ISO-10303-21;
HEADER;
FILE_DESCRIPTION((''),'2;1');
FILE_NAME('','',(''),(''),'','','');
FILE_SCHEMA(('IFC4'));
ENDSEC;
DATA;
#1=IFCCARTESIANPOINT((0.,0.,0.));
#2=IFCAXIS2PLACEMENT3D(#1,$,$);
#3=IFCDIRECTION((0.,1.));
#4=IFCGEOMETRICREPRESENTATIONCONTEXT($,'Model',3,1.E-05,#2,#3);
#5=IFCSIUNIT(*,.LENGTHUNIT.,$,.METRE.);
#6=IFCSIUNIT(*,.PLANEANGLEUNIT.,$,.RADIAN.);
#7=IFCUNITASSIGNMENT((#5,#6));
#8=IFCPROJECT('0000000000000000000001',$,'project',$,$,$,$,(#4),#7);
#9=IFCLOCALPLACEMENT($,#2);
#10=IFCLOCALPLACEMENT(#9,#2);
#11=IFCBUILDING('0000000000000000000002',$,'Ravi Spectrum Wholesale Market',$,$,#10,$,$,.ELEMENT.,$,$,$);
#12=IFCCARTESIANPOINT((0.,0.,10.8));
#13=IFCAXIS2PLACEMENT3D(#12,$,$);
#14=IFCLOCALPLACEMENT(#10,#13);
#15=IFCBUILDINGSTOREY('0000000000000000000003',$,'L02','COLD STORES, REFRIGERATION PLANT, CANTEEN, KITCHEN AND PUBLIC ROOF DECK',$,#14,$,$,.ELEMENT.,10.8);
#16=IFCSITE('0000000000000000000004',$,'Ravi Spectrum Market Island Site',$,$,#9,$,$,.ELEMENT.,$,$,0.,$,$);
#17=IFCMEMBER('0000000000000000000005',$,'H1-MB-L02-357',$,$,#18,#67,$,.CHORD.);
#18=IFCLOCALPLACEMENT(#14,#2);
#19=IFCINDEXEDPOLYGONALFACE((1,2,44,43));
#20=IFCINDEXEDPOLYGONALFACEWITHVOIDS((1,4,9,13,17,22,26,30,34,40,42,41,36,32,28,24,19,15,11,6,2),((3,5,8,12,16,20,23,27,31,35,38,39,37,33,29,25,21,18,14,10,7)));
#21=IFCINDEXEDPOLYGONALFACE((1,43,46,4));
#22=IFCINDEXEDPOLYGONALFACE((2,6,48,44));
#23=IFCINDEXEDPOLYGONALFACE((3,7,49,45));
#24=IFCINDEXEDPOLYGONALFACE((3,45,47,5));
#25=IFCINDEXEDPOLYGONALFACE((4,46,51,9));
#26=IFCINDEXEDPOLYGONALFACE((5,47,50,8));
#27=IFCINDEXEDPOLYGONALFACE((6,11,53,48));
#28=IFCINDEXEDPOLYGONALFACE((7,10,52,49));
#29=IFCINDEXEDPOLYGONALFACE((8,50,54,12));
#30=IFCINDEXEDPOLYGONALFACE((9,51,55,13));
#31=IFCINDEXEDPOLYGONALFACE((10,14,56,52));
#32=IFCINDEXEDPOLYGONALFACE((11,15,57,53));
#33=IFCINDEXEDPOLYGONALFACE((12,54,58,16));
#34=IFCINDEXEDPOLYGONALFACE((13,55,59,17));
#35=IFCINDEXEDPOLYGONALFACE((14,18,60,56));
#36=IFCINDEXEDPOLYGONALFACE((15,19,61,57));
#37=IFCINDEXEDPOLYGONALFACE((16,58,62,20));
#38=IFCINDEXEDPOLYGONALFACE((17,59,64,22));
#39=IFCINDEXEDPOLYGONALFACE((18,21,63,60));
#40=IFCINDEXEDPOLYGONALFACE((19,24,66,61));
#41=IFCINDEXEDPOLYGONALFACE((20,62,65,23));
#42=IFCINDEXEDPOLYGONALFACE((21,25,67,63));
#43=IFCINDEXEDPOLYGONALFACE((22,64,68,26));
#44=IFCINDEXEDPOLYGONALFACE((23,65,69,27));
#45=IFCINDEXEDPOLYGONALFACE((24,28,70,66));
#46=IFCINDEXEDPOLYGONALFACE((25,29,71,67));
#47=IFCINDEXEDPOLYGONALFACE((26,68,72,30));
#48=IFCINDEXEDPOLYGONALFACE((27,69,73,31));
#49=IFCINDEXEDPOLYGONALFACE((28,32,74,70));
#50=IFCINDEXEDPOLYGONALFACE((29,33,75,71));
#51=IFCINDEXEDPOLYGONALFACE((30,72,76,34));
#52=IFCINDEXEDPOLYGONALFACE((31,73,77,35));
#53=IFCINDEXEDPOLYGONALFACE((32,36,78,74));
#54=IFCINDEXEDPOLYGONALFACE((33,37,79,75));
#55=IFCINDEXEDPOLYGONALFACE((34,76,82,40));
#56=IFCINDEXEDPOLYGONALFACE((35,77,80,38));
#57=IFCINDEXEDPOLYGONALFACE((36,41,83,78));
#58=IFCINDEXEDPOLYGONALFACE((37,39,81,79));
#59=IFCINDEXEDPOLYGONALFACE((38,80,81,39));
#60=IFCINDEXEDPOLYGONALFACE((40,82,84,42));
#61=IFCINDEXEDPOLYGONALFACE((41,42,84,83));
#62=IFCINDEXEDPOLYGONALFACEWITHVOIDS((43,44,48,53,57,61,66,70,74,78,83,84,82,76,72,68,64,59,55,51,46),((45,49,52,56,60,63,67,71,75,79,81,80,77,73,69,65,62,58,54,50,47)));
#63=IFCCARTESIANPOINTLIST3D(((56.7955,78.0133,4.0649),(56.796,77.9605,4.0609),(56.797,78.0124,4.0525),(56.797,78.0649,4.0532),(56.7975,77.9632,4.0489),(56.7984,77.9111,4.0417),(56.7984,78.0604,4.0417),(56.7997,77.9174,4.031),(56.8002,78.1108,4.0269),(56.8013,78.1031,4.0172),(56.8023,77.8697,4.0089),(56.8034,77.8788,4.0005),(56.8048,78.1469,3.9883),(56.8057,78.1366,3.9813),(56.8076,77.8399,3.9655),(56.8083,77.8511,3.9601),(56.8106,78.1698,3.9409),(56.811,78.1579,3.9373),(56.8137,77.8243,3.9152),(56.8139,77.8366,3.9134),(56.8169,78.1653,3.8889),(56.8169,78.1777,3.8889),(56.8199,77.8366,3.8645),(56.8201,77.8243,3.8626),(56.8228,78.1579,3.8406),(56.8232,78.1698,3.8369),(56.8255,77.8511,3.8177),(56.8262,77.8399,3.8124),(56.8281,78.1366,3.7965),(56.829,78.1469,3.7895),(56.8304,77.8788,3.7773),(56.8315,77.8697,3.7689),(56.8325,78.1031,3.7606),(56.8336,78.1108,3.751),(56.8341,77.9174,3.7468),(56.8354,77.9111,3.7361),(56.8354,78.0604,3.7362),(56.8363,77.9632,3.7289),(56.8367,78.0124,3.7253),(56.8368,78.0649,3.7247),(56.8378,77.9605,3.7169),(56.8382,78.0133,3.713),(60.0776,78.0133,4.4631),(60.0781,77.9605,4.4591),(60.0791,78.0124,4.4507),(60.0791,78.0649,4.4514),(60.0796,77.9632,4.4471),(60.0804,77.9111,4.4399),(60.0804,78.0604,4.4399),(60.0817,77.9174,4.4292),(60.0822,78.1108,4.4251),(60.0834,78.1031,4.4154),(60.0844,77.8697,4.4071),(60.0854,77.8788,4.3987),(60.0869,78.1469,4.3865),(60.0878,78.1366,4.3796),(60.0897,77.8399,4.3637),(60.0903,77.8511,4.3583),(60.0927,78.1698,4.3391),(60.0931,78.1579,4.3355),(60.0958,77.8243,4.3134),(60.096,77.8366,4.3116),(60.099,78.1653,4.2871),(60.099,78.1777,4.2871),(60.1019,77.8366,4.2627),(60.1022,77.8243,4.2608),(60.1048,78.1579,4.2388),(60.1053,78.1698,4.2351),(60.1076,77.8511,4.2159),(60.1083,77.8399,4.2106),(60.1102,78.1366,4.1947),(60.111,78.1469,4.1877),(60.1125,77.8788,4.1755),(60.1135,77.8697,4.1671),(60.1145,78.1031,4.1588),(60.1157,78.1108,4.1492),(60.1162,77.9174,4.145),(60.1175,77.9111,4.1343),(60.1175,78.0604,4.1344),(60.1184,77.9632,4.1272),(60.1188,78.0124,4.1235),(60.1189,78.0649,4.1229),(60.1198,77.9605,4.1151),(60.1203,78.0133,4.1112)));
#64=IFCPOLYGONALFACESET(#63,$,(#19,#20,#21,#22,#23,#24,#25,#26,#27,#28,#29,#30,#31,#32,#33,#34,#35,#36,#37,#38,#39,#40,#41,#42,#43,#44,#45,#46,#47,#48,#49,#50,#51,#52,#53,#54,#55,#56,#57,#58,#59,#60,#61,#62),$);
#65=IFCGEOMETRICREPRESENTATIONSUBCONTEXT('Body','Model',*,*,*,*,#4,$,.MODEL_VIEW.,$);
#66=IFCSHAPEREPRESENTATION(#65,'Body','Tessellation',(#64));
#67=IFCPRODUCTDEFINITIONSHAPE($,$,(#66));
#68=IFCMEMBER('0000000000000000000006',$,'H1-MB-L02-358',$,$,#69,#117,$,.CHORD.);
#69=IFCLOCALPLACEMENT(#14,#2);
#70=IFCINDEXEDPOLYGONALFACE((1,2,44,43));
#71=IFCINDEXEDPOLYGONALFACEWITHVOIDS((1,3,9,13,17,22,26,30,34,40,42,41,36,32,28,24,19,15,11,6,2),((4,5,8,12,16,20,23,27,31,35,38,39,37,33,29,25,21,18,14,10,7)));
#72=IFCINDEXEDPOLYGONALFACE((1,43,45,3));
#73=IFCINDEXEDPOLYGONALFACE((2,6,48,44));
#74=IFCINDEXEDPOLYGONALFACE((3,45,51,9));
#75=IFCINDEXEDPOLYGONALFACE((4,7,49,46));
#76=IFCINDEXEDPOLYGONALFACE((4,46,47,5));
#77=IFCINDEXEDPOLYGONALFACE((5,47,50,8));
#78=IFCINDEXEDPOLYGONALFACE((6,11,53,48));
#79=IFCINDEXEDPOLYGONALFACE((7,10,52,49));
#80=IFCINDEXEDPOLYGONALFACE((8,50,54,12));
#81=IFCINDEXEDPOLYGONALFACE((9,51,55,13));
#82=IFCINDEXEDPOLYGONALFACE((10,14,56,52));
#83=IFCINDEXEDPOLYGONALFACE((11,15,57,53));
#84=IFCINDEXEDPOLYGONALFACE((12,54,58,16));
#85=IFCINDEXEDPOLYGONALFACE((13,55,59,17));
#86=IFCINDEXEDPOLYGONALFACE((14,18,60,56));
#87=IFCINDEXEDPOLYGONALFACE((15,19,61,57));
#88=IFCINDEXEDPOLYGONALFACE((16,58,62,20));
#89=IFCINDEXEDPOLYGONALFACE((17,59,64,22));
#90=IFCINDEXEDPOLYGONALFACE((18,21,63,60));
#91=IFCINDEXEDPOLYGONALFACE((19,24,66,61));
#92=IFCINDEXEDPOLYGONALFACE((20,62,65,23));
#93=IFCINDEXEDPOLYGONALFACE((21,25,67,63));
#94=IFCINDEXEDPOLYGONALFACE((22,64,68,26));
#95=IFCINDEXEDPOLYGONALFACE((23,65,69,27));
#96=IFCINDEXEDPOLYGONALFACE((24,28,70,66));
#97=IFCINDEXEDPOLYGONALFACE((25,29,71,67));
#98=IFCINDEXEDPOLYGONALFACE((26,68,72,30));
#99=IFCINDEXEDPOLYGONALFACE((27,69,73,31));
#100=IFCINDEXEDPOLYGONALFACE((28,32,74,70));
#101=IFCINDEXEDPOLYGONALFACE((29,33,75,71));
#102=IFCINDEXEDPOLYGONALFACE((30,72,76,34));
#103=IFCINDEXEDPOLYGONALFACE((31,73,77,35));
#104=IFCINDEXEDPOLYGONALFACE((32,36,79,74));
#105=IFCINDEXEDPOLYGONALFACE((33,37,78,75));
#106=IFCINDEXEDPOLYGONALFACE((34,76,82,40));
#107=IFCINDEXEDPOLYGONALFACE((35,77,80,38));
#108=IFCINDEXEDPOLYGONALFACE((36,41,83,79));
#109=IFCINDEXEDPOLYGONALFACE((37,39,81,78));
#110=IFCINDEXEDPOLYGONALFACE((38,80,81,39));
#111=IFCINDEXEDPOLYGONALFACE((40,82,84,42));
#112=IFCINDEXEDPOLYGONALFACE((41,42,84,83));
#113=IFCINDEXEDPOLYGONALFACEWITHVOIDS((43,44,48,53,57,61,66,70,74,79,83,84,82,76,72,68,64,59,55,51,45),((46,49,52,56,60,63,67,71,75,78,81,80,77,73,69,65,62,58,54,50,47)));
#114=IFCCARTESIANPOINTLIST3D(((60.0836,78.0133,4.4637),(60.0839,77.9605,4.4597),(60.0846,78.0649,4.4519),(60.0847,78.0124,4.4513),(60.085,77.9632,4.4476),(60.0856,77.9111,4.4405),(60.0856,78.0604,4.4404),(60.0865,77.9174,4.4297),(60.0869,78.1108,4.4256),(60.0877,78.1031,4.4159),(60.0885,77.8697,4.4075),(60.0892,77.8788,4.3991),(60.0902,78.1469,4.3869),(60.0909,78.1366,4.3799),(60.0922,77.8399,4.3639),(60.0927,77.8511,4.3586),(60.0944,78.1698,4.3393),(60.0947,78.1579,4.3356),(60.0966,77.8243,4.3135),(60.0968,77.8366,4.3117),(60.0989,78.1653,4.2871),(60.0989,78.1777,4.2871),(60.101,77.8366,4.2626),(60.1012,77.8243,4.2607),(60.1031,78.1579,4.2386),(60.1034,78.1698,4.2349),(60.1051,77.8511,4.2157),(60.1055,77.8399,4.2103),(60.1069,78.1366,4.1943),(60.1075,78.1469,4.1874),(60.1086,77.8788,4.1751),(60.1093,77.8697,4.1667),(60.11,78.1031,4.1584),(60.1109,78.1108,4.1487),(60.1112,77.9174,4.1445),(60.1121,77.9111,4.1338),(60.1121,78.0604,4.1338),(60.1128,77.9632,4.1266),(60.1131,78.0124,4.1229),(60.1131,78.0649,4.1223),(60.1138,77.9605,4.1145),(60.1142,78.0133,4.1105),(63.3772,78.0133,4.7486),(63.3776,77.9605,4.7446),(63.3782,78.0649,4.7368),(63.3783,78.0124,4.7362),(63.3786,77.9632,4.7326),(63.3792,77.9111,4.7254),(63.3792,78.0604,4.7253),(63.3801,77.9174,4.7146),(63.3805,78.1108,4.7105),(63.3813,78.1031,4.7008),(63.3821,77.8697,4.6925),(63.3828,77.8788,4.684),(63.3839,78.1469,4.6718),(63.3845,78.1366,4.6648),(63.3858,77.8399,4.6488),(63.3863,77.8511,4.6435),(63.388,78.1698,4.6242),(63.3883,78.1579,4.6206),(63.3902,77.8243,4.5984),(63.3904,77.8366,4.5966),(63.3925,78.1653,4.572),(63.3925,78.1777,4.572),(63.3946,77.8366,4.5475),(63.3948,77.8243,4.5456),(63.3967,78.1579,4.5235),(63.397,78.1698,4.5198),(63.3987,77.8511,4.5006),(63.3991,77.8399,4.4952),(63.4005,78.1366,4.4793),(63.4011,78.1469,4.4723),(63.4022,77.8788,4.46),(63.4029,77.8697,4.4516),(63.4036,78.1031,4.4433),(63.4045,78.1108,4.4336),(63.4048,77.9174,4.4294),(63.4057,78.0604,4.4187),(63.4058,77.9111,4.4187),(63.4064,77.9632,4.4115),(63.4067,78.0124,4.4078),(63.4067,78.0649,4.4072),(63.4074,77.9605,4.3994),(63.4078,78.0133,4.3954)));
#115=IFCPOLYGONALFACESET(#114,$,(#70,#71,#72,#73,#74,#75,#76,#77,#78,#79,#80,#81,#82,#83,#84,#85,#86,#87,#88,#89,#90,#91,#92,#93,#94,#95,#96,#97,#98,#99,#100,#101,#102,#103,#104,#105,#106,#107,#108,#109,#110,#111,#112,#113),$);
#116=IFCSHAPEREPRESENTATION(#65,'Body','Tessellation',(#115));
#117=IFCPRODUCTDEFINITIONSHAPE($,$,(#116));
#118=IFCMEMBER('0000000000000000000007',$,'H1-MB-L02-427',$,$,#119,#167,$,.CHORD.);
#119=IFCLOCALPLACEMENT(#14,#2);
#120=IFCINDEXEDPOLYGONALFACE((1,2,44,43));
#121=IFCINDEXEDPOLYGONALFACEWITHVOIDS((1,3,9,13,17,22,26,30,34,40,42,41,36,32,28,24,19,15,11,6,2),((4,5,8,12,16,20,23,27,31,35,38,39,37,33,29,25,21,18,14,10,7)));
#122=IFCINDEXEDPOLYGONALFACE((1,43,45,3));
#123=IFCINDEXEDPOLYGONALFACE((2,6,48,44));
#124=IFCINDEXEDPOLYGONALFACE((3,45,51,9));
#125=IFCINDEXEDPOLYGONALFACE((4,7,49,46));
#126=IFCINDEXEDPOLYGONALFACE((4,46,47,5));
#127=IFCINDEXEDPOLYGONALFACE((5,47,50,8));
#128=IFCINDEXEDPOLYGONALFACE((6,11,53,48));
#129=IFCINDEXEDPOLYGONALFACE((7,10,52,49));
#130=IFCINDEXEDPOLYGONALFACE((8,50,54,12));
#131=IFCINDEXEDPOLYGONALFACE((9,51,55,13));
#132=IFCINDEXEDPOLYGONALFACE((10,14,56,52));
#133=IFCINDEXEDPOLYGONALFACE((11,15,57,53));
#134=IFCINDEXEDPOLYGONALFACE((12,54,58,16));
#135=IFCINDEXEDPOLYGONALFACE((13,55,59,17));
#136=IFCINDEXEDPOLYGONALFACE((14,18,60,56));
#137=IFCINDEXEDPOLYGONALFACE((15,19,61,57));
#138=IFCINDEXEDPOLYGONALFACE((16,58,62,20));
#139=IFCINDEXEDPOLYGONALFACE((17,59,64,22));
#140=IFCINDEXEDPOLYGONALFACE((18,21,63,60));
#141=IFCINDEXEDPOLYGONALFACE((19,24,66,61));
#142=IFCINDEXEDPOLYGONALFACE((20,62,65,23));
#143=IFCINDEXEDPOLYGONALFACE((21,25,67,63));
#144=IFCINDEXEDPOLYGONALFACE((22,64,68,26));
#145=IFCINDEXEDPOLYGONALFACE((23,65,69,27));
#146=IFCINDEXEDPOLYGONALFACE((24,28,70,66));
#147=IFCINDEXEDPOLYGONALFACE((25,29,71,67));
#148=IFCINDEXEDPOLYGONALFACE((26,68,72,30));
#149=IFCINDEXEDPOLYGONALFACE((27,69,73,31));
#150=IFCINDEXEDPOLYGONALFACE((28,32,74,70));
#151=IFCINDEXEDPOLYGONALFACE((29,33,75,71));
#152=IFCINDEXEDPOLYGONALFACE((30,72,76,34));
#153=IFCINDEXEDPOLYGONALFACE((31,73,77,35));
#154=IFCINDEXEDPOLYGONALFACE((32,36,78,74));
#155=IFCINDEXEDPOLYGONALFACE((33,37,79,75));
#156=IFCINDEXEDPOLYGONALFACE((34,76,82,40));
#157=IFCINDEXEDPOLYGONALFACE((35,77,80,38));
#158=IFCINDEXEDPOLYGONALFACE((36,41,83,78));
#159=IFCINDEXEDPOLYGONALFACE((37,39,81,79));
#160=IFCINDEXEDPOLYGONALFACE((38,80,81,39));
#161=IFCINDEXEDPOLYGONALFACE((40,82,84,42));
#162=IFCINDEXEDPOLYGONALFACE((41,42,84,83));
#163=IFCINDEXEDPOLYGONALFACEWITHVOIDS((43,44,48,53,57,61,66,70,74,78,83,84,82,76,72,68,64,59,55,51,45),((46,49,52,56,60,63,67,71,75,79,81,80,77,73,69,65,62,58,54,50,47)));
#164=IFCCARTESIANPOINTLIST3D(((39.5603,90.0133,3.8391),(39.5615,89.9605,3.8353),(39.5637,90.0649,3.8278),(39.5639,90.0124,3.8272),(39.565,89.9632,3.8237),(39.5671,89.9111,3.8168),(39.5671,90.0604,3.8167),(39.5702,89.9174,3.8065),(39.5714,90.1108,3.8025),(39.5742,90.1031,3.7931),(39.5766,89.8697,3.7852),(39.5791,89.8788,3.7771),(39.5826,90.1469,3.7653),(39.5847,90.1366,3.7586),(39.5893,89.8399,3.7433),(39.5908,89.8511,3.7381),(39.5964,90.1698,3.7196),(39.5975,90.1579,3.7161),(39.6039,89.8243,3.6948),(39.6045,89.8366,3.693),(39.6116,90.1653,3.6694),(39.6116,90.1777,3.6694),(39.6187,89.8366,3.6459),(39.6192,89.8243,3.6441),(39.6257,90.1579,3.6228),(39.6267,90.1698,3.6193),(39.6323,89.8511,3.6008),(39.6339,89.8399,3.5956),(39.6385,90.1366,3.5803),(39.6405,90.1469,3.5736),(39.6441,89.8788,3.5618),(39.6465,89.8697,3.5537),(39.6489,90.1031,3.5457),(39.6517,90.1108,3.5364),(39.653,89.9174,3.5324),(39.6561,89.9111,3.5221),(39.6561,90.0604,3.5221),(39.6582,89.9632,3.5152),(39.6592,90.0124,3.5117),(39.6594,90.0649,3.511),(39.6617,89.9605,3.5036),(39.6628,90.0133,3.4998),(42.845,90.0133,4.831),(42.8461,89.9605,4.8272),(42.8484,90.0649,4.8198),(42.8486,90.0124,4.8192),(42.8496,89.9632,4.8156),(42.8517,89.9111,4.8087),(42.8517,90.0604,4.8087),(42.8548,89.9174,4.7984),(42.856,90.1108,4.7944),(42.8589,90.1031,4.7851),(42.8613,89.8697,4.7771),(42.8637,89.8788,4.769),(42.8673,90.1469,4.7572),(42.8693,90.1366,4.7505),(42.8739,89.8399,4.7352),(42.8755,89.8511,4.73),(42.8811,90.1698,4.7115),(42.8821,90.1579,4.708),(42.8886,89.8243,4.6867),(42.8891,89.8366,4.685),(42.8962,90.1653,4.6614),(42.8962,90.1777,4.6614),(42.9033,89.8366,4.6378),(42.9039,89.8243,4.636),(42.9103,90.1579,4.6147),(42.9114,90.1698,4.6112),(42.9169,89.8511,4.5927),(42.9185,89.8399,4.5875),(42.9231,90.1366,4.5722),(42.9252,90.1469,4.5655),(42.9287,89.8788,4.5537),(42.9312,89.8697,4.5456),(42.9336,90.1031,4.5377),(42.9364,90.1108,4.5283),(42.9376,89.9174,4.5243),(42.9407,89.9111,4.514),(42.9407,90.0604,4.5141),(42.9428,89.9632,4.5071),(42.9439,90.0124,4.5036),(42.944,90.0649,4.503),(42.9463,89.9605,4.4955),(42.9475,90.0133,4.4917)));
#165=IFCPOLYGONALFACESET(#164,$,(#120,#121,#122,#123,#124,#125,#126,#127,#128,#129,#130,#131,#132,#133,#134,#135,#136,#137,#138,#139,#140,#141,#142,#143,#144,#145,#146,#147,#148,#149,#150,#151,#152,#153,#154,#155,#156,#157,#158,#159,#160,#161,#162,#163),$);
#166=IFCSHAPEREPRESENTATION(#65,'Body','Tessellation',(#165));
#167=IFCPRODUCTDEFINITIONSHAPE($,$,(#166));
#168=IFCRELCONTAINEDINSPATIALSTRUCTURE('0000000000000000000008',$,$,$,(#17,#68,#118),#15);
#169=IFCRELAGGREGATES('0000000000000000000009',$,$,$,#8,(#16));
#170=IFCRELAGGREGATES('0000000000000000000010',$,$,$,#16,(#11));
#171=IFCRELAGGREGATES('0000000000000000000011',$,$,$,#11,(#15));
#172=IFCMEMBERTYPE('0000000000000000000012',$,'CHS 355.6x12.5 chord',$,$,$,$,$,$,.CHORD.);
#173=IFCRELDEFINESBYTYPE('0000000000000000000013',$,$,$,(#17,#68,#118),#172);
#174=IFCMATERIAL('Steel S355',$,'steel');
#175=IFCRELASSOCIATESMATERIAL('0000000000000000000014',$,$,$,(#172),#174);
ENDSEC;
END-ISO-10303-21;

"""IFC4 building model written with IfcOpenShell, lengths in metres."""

from ifc_helpers import new_model, si_unit, direction, frame, origin, origin_2d, place, context, subcontext, project, spatial, hollow_circle, extrude, material, material_profile, profile_set, type_object, element, save


model = new_model("IFC4")

# Units and contexts
model_context = context("Model", 3, precision=1e-05, world=origin(), true_north=direction((0.0, 1.0)))
body_context = subcontext(model_context, "Body", "Model", "MODEL_VIEW")
ifc_project = project(units=[si_unit("LENGTHUNIT", "METRE"), si_unit("PLANEANGLEUNIT", "RADIAN")], contexts=[model_context])

# Site, building, storey
site_placement = place(None, origin())
site = spatial("IfcSite", under=ifc_project, at=site_placement, Name="Ravi Spectrum Market Island Site", CompositionType="ELEMENT", RefElevation=0.0)
building_placement = place(site_placement, origin())
building = spatial("IfcBuilding", under=site, at=building_placement, Name="Ravi Spectrum Wholesale Market", CompositionType="ELEMENT")
storey_placement = place(building_placement, frame((0.0, 0.0, 10.8)))
storey = spatial("IfcBuildingStorey", under=building, at=storey_placement, Name="L02", Description="COLD STORES, REFRIGERATION PLANT, CANTEEN, KITCHEN AND PUBLIC ROOF DECK", CompositionType="ELEMENT", Elevation=10.8)

# Members
ifc_material_1 = material(Name="Steel S355", Category="steel")
ifc_material_profile_1 = material_profile(ifc_material_1, hollow_circle(Radius=0.1777, WallThickness=0.0125, at=origin_2d()))
ifc_profile_set_1 = profile_set([ifc_material_profile_1], Name="Steel S355")
member_type_1 = type_object("IfcMemberType", Name="CHS 355.6x12.5 chord", PredefinedType="CHORD", material=ifc_profile_set_1)
member_1_placement = place(storey_placement, frame((56.8169, 78.0, 3.8889), z_axis=(0.99272, 0.0, 0.120444), x_axis=(0.0, 1.0, 0.0)))
element("IfcMember", 1, at=member_1_placement, inside=storey, type_object=member_type_1, Name="H1-MB-L02-357", PredefinedType="CHORD", context=body_context, shape_type="SweptSolid", body=[
    extrude(hollow_circle(Radius=0.1777, WallThickness=0.0125, at=origin_2d()), origin(), (0.0, 0.0, 1.0), 3.3062),
])
member_2_placement = place(storey_placement, frame((60.0989, 78.0, 4.2871), z_axis=(0.99628, 0.0, 0.08618), x_axis=(0.0, 1.0, 0.0)))
element("IfcMember", 2, at=member_2_placement, inside=storey, type_object=member_type_1, Name="H1-MB-L02-358", PredefinedType="CHORD", context=body_context, shape_type="SweptSolid", body=[
    extrude(hollow_circle(Radius=0.1777, WallThickness=0.0125, at=origin_2d()), origin(), (0.0, 0.0, 1.0), 3.3059),
])
for number, where, z_axis, x_axis, name in (
    (3, (39.6116, 90.0, 3.6694), (0.9573, 0.0, 0.289097), (0.0, 1.0, 0.0), "H1-MB-L02-427"),
):
    element("IfcMember", number, at=place(storey_placement, frame(where, z_axis=z_axis, x_axis=x_axis)), inside=storey, type_object=member_type_1, Name=name, PredefinedType="CHORD", context=body_context, shape_type="SweptSolid", body=[
        extrude(hollow_circle(Radius=0.1777, WallThickness=0.0125, at=origin_2d()), origin(), (0.0, 0.0, 1.0), 3.4312),
    ])

save(model, "model.ifc")
